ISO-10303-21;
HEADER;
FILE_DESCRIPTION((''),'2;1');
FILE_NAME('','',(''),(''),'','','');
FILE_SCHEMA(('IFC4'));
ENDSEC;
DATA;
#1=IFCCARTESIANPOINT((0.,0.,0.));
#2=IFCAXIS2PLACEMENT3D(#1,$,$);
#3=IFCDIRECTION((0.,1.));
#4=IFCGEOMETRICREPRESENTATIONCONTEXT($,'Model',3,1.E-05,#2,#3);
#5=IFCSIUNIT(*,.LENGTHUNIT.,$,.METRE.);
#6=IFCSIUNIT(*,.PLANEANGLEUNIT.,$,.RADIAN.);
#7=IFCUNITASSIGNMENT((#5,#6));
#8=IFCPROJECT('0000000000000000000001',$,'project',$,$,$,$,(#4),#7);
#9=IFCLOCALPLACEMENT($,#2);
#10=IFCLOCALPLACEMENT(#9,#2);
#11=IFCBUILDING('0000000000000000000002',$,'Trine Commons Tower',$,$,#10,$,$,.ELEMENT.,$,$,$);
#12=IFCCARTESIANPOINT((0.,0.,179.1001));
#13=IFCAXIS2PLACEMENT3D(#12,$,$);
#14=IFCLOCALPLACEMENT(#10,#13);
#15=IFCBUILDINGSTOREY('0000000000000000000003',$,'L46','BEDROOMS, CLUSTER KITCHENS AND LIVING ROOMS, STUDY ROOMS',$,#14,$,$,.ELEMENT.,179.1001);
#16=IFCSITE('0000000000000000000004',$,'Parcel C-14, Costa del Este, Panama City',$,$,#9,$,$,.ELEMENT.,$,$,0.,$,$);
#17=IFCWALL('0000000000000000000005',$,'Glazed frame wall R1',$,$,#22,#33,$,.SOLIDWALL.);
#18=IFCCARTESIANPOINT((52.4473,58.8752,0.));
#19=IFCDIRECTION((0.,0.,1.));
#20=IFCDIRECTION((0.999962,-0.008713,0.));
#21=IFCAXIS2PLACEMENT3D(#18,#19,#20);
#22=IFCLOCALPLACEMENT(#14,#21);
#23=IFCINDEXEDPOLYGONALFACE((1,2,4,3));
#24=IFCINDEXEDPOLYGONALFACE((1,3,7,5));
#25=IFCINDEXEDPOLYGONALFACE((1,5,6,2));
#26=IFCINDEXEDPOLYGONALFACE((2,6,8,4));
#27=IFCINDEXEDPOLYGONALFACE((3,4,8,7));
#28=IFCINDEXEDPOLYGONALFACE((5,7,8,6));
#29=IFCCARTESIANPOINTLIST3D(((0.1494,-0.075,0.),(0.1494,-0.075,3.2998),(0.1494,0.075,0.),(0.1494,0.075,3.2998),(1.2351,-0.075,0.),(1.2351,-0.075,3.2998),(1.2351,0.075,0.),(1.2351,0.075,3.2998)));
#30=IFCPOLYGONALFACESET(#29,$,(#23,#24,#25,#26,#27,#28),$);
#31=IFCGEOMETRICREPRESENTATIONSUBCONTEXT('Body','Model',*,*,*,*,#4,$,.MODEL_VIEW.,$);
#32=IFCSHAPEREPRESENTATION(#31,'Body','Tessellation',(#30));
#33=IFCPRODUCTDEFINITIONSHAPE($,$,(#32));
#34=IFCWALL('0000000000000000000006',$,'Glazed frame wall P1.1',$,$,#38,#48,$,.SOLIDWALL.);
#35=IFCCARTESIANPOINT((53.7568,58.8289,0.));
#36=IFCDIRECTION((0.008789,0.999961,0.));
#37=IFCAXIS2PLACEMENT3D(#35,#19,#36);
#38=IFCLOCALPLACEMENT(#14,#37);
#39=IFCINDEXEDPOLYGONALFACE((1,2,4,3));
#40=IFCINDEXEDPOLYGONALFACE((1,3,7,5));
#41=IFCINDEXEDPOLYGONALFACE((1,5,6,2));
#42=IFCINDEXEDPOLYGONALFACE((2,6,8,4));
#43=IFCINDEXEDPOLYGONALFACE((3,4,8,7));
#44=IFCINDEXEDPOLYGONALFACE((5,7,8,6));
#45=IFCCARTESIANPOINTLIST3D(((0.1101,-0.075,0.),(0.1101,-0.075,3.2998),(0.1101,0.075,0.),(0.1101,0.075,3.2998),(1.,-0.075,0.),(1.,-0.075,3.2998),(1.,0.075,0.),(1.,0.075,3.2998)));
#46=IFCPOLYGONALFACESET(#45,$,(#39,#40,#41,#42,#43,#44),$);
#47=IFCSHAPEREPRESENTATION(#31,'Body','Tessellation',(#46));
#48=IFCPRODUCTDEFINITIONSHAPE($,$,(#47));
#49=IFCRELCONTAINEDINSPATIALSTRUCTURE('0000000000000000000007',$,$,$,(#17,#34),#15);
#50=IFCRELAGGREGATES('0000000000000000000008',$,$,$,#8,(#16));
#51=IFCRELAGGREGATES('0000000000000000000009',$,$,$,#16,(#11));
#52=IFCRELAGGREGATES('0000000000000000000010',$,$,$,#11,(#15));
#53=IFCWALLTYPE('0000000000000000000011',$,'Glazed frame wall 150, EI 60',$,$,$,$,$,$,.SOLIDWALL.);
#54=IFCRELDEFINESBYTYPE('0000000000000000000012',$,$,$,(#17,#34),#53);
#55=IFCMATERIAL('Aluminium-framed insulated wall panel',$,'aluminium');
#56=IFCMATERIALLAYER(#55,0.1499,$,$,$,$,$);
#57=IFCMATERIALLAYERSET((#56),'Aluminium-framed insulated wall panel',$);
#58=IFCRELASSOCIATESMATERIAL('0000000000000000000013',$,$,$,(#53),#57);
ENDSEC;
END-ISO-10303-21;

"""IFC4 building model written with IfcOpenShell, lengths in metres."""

from ifc_helpers import new_model, si_unit, direction, frame, origin, place, context, subcontext, project, spatial, polyline, outline, extrude, material, layer, layer_set, type_object, element, save


model = new_model("IFC4")

# Units and contexts
model_context = context("Model", 3, precision=1e-05, world=origin(), true_north=direction((0.0, 1.0)))
body_context = subcontext(model_context, "Body", "Model", "MODEL_VIEW")
ifc_project = project(units=[si_unit("LENGTHUNIT", "METRE"), si_unit("PLANEANGLEUNIT", "RADIAN")], contexts=[model_context])

# Site, building, storey
site_placement = place(None, origin())
site = spatial("IfcSite", under=ifc_project, at=site_placement, Name="Parcel C-14, Costa del Este, Panama City", CompositionType="ELEMENT", RefElevation=0.0)
building_placement = place(site_placement, origin())
building = spatial("IfcBuilding", under=site, at=building_placement, Name="Trine Commons Tower", CompositionType="ELEMENT")
storey_placement = place(building_placement, frame((0.0, 0.0, 179.1001)))
storey = spatial("IfcBuildingStorey", under=building, at=storey_placement, Name="L46", Description="BEDROOMS, CLUSTER KITCHENS AND LIVING ROOMS, STUDY ROOMS", CompositionType="ELEMENT", Elevation=179.1001)

# Walls
ifc_material_1 = material(Name="Aluminium-framed insulated wall panel", Category="aluminium")
ifc_layer_1 = layer(ifc_material_1, 0.1499)
ifc_layer_set_1 = layer_set([ifc_layer_1], Name="Aluminium-framed insulated wall panel")
wall_type = type_object("IfcWallType", Name="Glazed frame wall 150, EI 60", PredefinedType="SOLIDWALL", material=ifc_layer_set_1)
wall_1_placement = place(storey_placement, frame((52.4473, 58.8752, 0.0), z_axis=(0.0, 0.0, 1.0), x_axis=(0.999962, -0.008713, 0.0)))
element("IfcWall", 1, at=wall_1_placement, inside=storey, type_object=wall_type, Name="Glazed frame wall R1", PredefinedType="SOLIDWALL", context=body_context, shape_type="SweptSolid", body=[
    extrude(outline(polyline([(0.1494, 0.075), (0.1494, -0.075), (1.2351, -0.075), (1.2351, 0.075), (0.1494, 0.075)])), origin(), (0.0, 0.0, 1.0), 3.2998),
])
wall_2_placement = place(storey_placement, frame((53.7568, 58.8289, 0.0), z_axis=(0.0, 0.0, 1.0), x_axis=(0.008789, 0.999961, 0.0)))
element("IfcWall", 2, at=wall_2_placement, inside=storey, type_object=wall_type, Name="Glazed frame wall P1.1", PredefinedType="SOLIDWALL", context=body_context, shape_type="SweptSolid", body=[
    extrude(outline(polyline([(0.1101, -0.075), (1.0, -0.075), (1.0, 0.075), (0.1101, 0.075), (0.1101, -0.075)])), origin(), (0.0, 0.0, 1.0), 3.2998),
])

save(model, "model.ifc")
